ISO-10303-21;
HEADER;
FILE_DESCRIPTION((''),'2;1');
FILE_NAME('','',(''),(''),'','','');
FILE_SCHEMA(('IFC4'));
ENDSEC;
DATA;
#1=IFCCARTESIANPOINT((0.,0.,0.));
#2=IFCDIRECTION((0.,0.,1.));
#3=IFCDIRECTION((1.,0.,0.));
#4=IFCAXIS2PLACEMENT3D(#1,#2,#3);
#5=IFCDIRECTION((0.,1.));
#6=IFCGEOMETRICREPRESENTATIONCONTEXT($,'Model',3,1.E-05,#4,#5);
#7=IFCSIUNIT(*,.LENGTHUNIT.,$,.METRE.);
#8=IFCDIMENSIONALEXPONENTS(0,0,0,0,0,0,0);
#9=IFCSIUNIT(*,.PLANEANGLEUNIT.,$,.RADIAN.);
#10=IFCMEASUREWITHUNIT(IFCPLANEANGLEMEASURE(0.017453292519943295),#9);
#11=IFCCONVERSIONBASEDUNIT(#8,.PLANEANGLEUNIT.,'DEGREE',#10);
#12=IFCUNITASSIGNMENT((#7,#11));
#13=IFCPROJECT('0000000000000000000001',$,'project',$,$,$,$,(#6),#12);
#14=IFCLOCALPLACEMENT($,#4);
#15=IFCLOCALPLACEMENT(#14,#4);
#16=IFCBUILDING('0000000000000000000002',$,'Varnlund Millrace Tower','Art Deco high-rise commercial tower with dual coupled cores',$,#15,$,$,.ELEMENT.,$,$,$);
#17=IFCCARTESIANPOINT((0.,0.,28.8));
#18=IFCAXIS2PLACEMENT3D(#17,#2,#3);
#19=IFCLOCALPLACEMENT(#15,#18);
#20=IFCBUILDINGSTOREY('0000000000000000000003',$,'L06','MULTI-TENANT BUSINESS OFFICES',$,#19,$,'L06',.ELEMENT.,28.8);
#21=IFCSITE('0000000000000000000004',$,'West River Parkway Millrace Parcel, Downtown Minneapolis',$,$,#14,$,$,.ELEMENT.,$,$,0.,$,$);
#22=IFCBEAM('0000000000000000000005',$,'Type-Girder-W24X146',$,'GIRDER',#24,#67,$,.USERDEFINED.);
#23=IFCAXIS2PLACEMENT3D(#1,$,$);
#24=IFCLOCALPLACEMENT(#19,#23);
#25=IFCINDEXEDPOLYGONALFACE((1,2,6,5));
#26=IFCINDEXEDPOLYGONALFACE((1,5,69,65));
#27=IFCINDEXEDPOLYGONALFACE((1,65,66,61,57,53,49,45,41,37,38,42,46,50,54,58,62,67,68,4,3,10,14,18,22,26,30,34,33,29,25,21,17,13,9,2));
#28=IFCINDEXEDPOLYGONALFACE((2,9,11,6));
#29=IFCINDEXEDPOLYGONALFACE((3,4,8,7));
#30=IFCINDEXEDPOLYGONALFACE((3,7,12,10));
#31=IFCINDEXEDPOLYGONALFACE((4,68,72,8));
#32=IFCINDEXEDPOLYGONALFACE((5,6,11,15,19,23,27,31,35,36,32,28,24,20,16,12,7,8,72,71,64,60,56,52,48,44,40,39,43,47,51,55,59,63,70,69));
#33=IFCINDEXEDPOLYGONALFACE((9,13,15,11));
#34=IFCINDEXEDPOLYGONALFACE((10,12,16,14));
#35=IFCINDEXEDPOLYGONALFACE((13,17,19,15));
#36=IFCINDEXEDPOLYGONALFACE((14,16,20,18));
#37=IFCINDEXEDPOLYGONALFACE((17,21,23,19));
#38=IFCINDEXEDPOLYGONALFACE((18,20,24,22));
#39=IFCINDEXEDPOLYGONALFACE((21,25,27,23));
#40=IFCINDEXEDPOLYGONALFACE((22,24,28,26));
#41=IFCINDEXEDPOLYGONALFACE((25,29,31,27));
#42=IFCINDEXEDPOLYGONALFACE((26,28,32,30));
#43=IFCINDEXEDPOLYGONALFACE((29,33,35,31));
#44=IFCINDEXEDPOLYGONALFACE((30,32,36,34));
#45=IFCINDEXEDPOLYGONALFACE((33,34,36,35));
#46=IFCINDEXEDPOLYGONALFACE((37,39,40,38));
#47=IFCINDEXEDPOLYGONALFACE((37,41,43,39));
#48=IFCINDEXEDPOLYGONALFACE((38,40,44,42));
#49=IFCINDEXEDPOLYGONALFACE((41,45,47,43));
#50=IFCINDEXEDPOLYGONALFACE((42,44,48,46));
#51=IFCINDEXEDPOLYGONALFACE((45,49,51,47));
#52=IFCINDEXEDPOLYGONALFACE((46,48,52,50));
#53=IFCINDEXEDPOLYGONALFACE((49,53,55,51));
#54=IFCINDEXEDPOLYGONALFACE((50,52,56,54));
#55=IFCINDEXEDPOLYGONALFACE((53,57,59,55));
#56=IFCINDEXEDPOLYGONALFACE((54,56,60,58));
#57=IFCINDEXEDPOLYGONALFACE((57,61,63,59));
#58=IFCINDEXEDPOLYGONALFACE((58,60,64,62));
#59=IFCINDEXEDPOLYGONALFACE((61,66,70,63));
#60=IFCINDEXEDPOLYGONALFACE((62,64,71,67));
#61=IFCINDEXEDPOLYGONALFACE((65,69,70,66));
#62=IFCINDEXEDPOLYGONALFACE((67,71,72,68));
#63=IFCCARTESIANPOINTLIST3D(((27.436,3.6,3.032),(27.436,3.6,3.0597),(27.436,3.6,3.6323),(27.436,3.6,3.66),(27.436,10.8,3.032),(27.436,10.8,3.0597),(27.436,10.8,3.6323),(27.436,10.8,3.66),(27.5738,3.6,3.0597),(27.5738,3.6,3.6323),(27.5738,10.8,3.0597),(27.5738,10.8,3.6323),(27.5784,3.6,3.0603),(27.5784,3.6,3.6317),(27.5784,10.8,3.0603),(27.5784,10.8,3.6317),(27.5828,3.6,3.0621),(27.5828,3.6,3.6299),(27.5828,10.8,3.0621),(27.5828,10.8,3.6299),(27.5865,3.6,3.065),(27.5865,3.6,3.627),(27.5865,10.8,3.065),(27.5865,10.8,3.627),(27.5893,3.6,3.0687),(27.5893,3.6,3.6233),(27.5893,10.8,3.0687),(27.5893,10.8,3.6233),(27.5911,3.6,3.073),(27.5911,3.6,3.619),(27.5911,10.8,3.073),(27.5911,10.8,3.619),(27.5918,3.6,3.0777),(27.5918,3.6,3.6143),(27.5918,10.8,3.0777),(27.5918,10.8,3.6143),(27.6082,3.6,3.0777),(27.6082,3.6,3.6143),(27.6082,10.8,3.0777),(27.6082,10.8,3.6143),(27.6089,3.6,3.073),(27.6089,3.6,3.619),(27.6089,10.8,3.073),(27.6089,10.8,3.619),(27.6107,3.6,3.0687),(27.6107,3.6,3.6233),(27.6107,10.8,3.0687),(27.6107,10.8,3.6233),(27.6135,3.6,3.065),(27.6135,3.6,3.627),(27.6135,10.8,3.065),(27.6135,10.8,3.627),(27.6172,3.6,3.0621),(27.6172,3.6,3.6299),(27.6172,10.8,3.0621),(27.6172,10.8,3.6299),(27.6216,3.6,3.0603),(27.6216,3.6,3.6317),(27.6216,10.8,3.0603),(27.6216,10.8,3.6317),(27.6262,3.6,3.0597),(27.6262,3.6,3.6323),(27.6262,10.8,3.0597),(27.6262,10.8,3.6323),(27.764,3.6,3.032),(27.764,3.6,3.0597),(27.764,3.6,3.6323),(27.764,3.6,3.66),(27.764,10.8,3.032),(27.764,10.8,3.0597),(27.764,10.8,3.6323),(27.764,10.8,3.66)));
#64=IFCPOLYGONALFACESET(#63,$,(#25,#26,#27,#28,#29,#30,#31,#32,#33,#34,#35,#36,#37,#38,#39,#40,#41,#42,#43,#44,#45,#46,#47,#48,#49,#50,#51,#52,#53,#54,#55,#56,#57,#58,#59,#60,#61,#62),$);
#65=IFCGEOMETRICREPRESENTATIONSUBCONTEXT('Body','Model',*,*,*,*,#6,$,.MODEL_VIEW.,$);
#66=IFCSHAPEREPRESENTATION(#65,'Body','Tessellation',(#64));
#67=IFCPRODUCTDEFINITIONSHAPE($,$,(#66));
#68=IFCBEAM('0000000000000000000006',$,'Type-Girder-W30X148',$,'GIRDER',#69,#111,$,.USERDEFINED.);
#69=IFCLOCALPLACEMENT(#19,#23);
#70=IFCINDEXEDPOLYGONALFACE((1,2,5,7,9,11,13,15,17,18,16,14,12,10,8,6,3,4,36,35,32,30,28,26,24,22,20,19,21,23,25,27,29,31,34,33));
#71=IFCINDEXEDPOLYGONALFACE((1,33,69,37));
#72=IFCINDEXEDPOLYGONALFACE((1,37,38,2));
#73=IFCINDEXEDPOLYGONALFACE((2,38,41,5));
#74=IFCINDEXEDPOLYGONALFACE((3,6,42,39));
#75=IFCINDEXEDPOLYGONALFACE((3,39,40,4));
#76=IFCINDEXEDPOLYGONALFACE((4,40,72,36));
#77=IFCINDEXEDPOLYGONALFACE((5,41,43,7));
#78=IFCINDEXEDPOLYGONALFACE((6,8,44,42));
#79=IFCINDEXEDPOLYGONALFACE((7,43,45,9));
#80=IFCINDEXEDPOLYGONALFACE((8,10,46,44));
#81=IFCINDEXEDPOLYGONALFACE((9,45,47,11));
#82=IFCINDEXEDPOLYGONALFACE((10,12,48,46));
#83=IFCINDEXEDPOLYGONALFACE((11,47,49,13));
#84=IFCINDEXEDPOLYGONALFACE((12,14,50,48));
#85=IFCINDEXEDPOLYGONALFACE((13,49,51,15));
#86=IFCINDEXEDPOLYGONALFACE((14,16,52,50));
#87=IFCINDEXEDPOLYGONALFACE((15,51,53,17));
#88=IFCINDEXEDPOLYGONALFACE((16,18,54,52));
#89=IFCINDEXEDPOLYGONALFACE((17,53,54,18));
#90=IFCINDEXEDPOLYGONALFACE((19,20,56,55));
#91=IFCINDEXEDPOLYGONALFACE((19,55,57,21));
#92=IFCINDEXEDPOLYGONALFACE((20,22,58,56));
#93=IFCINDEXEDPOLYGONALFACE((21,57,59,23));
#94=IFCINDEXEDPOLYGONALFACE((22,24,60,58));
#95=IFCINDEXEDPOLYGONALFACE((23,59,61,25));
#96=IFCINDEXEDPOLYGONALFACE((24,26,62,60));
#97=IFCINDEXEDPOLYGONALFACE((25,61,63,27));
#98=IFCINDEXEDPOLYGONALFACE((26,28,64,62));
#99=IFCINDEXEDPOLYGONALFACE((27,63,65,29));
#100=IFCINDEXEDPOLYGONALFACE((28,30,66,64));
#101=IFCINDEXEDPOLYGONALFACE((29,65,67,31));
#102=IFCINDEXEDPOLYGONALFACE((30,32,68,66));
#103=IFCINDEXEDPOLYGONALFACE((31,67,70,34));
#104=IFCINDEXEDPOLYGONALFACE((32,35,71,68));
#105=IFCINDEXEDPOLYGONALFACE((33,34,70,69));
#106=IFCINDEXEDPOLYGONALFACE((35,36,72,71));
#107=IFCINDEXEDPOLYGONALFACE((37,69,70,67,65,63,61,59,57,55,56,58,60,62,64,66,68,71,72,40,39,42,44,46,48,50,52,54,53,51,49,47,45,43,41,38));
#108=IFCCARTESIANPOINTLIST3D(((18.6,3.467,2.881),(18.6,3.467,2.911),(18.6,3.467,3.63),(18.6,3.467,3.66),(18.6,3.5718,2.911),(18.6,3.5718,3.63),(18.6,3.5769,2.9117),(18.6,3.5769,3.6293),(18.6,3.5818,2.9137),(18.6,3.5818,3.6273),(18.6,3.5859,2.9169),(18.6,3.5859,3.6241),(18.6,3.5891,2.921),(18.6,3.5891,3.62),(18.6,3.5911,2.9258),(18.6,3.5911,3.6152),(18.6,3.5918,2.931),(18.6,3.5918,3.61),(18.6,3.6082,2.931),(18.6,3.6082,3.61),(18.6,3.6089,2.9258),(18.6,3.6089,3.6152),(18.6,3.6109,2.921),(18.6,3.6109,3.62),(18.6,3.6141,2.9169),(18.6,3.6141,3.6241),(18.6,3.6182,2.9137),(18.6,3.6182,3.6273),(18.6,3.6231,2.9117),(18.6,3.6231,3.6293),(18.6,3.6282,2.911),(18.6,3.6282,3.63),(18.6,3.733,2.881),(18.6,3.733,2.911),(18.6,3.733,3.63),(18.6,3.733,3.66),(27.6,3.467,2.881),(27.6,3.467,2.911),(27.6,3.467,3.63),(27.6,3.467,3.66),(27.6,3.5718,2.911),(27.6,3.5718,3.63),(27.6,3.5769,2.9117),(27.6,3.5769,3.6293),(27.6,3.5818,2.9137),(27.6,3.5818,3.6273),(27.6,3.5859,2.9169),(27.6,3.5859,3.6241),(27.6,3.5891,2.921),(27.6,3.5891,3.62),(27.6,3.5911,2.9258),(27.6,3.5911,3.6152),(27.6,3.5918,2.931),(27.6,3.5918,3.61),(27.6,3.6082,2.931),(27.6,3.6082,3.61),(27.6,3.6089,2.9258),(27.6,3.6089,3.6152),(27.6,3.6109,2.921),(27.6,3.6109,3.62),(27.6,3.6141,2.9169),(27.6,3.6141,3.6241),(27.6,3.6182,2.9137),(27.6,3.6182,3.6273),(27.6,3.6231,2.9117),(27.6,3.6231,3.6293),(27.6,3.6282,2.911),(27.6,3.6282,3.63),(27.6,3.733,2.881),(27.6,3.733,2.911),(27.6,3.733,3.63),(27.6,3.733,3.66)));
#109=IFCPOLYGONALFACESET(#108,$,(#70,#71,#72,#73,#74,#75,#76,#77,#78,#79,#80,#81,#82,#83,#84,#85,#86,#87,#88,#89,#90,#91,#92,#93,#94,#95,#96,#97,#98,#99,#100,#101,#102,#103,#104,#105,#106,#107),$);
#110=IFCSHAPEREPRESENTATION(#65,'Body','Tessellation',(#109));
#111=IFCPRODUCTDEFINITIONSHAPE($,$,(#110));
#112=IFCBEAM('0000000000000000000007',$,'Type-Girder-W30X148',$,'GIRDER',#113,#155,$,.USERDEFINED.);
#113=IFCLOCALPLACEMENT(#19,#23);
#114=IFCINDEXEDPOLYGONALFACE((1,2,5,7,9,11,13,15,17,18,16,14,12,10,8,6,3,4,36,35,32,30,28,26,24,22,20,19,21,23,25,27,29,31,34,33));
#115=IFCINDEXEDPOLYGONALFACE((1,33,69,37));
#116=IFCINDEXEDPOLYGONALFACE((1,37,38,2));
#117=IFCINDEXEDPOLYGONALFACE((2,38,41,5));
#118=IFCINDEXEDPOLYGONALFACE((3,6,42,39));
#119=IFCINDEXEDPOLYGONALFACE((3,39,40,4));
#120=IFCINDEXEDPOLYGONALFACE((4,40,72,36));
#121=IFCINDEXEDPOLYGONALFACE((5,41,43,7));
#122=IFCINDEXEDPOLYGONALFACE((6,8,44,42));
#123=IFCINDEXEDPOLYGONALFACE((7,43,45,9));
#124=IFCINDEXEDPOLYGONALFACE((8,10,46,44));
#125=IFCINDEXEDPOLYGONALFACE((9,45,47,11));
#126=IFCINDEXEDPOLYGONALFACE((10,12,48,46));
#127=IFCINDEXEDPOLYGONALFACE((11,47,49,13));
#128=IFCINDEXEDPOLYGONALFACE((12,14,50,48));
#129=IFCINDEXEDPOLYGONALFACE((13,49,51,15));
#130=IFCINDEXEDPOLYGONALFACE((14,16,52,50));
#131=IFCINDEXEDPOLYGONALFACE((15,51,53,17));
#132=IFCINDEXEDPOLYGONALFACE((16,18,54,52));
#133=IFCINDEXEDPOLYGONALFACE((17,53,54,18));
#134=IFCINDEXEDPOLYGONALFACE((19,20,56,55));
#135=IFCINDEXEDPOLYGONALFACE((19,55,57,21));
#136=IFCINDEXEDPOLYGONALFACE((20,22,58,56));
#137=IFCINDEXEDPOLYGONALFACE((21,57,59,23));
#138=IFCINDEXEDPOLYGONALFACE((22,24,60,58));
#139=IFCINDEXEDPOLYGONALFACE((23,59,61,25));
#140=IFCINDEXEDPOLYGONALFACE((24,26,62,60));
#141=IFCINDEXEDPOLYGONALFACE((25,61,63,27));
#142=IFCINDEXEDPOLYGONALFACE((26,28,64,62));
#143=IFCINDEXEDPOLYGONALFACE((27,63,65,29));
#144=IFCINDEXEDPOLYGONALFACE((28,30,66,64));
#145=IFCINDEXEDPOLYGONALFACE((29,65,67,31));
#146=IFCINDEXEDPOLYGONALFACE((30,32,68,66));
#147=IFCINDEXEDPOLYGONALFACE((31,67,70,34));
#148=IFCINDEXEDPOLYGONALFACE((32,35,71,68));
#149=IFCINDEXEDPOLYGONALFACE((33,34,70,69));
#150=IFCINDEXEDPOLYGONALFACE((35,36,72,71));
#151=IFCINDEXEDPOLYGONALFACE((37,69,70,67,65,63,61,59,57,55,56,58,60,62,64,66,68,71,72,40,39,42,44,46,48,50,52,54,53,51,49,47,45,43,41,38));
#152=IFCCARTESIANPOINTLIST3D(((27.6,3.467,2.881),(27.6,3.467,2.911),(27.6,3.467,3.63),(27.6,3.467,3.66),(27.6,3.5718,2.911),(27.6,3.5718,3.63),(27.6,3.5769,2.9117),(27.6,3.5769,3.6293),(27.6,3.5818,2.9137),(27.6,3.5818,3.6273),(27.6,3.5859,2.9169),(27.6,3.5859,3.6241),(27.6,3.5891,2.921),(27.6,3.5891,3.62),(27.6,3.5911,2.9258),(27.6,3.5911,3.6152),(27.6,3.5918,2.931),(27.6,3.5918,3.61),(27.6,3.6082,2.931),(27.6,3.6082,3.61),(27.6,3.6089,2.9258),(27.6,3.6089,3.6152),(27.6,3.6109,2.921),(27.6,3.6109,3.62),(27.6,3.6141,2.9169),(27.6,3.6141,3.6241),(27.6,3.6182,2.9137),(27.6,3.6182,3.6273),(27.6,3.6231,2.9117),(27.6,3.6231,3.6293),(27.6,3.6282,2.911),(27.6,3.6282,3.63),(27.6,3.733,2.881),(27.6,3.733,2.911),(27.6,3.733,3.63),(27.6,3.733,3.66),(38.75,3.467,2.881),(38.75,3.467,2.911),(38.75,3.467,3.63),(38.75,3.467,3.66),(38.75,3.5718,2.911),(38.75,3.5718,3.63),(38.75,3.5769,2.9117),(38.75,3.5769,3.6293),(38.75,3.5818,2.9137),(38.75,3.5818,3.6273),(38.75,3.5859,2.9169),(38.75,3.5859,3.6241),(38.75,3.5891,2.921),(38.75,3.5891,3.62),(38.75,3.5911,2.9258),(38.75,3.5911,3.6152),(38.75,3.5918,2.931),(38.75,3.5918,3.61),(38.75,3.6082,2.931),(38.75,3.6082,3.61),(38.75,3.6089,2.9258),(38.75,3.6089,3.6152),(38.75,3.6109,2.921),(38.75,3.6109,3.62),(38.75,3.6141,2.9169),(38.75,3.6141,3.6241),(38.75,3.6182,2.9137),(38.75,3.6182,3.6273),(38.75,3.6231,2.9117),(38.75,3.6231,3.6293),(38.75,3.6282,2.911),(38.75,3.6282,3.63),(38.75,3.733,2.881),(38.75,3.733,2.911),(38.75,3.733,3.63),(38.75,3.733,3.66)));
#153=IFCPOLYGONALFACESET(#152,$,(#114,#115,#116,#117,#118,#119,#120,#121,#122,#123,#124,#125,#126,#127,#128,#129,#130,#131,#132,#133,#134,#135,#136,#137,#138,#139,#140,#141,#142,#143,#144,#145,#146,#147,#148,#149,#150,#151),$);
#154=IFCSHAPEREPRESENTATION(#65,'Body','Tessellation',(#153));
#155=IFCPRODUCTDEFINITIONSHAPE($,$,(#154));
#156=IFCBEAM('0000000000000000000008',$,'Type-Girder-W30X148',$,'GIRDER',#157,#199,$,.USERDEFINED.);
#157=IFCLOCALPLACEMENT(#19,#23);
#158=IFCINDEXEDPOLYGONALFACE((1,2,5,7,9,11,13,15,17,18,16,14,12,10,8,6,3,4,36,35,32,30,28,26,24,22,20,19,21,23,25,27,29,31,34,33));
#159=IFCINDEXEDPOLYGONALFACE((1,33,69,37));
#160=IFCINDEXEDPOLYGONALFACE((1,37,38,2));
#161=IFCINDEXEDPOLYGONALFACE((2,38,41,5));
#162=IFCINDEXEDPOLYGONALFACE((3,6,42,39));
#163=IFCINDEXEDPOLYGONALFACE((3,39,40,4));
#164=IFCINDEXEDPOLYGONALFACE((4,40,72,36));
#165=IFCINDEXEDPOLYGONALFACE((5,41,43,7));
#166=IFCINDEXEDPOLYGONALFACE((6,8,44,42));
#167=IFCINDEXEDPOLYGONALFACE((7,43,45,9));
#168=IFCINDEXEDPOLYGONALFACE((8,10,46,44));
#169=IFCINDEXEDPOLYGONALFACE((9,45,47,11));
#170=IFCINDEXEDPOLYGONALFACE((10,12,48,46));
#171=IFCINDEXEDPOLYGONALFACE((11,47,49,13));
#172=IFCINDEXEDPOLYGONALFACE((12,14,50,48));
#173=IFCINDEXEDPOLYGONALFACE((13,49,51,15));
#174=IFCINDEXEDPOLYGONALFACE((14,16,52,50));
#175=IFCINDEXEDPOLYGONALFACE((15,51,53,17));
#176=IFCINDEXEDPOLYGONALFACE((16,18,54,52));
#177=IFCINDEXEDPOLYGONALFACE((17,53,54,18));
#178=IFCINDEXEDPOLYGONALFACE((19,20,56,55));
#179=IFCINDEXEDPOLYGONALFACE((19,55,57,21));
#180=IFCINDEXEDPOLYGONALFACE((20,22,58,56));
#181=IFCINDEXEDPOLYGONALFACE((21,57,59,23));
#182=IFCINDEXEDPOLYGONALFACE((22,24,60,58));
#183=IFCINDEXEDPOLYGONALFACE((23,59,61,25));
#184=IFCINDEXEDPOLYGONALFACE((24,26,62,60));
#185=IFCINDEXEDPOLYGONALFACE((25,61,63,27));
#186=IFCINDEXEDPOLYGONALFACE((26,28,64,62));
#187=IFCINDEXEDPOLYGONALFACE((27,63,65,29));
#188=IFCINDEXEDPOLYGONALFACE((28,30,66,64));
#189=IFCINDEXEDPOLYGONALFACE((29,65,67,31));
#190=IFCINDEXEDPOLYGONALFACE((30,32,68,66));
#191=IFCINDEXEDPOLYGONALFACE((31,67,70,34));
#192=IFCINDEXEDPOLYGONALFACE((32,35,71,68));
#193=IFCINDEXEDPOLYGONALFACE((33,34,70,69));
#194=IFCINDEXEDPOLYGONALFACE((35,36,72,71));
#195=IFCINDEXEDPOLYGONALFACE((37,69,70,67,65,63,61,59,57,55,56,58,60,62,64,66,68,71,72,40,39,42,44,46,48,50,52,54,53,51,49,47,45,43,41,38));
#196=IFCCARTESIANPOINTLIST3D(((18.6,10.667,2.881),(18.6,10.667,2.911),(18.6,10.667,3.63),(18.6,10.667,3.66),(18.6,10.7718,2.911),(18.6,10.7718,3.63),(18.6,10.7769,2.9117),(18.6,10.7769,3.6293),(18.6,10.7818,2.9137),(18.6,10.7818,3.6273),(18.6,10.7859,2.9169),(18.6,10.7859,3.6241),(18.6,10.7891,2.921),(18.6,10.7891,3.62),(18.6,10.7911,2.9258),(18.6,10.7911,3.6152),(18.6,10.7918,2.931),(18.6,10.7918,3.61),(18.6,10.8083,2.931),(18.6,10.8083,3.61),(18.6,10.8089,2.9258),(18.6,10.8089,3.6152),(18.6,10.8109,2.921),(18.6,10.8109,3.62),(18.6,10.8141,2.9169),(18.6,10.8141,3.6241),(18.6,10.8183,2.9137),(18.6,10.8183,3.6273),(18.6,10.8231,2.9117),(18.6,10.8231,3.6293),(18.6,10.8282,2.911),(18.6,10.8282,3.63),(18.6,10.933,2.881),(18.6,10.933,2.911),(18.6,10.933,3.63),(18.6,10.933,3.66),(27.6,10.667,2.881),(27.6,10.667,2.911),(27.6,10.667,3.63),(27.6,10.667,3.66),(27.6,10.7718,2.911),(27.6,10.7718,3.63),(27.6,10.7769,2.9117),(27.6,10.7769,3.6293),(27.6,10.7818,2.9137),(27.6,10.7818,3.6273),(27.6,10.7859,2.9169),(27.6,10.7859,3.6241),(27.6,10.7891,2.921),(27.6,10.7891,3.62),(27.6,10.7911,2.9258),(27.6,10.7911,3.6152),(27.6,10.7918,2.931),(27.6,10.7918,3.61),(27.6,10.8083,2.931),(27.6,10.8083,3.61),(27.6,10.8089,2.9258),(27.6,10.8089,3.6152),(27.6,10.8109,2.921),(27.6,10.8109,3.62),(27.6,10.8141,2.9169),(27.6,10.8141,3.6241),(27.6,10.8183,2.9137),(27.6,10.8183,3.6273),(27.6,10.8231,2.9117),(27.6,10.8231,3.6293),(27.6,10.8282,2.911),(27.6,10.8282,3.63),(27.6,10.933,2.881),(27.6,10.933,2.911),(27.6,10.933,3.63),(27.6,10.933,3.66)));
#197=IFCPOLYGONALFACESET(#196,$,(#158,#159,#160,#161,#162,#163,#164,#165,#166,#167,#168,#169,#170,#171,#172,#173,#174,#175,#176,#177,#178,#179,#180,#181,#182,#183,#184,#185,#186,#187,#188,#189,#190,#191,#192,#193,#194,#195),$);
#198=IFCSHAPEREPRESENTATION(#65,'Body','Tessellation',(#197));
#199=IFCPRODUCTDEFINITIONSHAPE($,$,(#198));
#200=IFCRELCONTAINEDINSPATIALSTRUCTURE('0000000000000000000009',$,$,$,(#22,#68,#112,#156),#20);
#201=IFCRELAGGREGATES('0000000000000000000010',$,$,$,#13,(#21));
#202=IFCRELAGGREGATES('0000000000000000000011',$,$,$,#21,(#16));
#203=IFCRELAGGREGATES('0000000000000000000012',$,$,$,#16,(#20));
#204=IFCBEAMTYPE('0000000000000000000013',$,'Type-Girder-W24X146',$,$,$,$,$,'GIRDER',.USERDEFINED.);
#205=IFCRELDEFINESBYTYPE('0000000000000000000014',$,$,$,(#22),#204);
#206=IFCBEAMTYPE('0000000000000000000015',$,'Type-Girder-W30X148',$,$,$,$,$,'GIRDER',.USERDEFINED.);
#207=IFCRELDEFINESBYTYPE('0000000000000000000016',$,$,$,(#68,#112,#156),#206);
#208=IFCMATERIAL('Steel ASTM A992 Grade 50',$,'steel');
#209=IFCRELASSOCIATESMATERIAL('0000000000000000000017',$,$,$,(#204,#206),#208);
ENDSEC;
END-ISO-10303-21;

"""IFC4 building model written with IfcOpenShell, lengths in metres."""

from ifc_helpers import new_model, entity, si_unit, converted_unit, direction, frame, origin_with_axes, origin_2d_with_axis, place, context, subcontext, project, spatial, i_section, extrude, material, material_profile, profile_set, type_object, element, save


model = new_model("IFC4")

# Units and contexts
model_context = context("Model", 3, precision=1e-05, world=origin_with_axes(), true_north=direction((0.0, 1.0)))
body_context = subcontext(model_context, "Body", "Model", "MODEL_VIEW")
ifc_project = project(units=[si_unit("LENGTHUNIT", "METRE"), converted_unit("PLANEANGLEUNIT", "DEGREE", entity("IfcPlaneAngleMeasure", 0.017453292519943295), si_unit("PLANEANGLEUNIT", "RADIAN"), dimensions=[0, 0, 0, 0, 0, 0, 0])], contexts=[model_context])

# Site, building, storey
site_placement = place(None, origin_with_axes())
site = spatial("IfcSite", under=ifc_project, at=site_placement, Name="West River Parkway Millrace Parcel, Downtown Minneapolis", CompositionType="ELEMENT", RefElevation=0.0)
building_placement = place(site_placement, origin_with_axes())
building = spatial("IfcBuilding", under=site, at=building_placement, Name="Varnlund Millrace Tower", Description="Art Deco high-rise commercial tower with dual coupled cores", CompositionType="ELEMENT")
storey_placement = place(building_placement, frame((0.0, 0.0, 28.8), z_axis=(0.0, 0.0, 1.0), x_axis=(1.0, 0.0, 0.0)))
storey = spatial("IfcBuildingStorey", under=building, at=storey_placement, Name="L06", Description="MULTI-TENANT BUSINESS OFFICES", LongName="L06", CompositionType="ELEMENT", Elevation=28.8)

# Beams
ifc_material_1 = material(Name="Steel ASTM A992 Grade 50", Category="steel")
ifc_material_profile_1 = material_profile(ifc_material_1, i_section(OverallWidth=0.328, OverallDepth=0.628, WebThickness=0.0165, FlangeThickness=0.0277, FilletRadius=0.018, at=origin_2d_with_axis()), Name="Steel ASTM A992 Grade 50")
ifc_profile_set_1 = profile_set([ifc_material_profile_1], Name="Steel ASTM A992 Grade 50")
beam_type_1 = type_object("IfcBeamType", Name="Type-Girder-W24X146", ElementType="GIRDER", PredefinedType="USERDEFINED", material=ifc_profile_set_1)
beam_1_placement = place(storey_placement, frame((27.6, 3.6, 3.346), z_axis=(0.0, 1.0, 0.0), x_axis=(-1.0, 0.0, 0.0)))
element("IfcBeam", 1, at=beam_1_placement, inside=storey, type_object=beam_type_1, Name="Type-Girder-W24X146", ObjectType="GIRDER", PredefinedType="USERDEFINED", context=body_context, shape_type="SweptSolid", body=[
    extrude(i_section(OverallWidth=0.328, OverallDepth=0.628, WebThickness=0.0165, FlangeThickness=0.0277, FilletRadius=0.018, at=origin_2d_with_axis()), origin_with_axes(), (0.0, 0.0, 1.0), 7.2),
])
ifc_material_profile_2 = material_profile(ifc_material_1, i_section(OverallWidth=0.266, OverallDepth=0.779, WebThickness=0.0165, FlangeThickness=0.03, FilletRadius=0.02, at=origin_2d_with_axis()), Name="Steel ASTM A992 Grade 50")
ifc_profile_set_2 = profile_set([ifc_material_profile_2], Name="Steel ASTM A992 Grade 50")
beam_type_2 = type_object("IfcBeamType", Name="Type-Girder-W30X148", ElementType="GIRDER", PredefinedType="USERDEFINED", material=ifc_profile_set_2)
beam_2_placement = place(storey_placement, frame((18.6, 3.6, 3.2705), z_axis=(1.0, 0.0, 0.0), x_axis=(0.0, 1.0, 0.0)))
element("IfcBeam", 2, at=beam_2_placement, inside=storey, type_object=beam_type_2, Name="Type-Girder-W30X148", ObjectType="GIRDER", PredefinedType="USERDEFINED", context=body_context, shape_type="SweptSolid", body=[
    extrude(i_section(OverallWidth=0.266, OverallDepth=0.779, WebThickness=0.0165, FlangeThickness=0.03, FilletRadius=0.02, at=origin_2d_with_axis()), origin_with_axes(), (0.0, 0.0, 1.0), 9.0),
])
beam_3_placement = place(storey_placement, frame((27.6, 3.6, 3.2705), z_axis=(1.0, 0.0, 0.0), x_axis=(0.0, 1.0, 0.0)))
element("IfcBeam", 3, at=beam_3_placement, inside=storey, type_object=beam_type_2, Name="Type-Girder-W30X148", ObjectType="GIRDER", PredefinedType="USERDEFINED", context=body_context, shape_type="SweptSolid", body=[
    extrude(i_section(OverallWidth=0.266, OverallDepth=0.779, WebThickness=0.0165, FlangeThickness=0.03, FilletRadius=0.02, at=origin_2d_with_axis()), origin_with_axes(), (0.0, 0.0, 1.0), 11.15),
])
beam_4_placement = place(storey_placement, frame((18.6, 10.8, 3.2705), z_axis=(1.0, 0.0, 0.0), x_axis=(0.0, 1.0, 0.0)))
element("IfcBeam", 4, at=beam_4_placement, inside=storey, type_object=beam_type_2, Name="Type-Girder-W30X148", ObjectType="GIRDER", PredefinedType="USERDEFINED", context=body_context, shape_type="SweptSolid", body=[
    extrude(i_section(OverallWidth=0.266, OverallDepth=0.779, WebThickness=0.0165, FlangeThickness=0.03, FilletRadius=0.02, at=origin_2d_with_axis()), origin_with_axes(), (0.0, 0.0, 1.0), 9.0),
])

save(model, "model.ifc")
